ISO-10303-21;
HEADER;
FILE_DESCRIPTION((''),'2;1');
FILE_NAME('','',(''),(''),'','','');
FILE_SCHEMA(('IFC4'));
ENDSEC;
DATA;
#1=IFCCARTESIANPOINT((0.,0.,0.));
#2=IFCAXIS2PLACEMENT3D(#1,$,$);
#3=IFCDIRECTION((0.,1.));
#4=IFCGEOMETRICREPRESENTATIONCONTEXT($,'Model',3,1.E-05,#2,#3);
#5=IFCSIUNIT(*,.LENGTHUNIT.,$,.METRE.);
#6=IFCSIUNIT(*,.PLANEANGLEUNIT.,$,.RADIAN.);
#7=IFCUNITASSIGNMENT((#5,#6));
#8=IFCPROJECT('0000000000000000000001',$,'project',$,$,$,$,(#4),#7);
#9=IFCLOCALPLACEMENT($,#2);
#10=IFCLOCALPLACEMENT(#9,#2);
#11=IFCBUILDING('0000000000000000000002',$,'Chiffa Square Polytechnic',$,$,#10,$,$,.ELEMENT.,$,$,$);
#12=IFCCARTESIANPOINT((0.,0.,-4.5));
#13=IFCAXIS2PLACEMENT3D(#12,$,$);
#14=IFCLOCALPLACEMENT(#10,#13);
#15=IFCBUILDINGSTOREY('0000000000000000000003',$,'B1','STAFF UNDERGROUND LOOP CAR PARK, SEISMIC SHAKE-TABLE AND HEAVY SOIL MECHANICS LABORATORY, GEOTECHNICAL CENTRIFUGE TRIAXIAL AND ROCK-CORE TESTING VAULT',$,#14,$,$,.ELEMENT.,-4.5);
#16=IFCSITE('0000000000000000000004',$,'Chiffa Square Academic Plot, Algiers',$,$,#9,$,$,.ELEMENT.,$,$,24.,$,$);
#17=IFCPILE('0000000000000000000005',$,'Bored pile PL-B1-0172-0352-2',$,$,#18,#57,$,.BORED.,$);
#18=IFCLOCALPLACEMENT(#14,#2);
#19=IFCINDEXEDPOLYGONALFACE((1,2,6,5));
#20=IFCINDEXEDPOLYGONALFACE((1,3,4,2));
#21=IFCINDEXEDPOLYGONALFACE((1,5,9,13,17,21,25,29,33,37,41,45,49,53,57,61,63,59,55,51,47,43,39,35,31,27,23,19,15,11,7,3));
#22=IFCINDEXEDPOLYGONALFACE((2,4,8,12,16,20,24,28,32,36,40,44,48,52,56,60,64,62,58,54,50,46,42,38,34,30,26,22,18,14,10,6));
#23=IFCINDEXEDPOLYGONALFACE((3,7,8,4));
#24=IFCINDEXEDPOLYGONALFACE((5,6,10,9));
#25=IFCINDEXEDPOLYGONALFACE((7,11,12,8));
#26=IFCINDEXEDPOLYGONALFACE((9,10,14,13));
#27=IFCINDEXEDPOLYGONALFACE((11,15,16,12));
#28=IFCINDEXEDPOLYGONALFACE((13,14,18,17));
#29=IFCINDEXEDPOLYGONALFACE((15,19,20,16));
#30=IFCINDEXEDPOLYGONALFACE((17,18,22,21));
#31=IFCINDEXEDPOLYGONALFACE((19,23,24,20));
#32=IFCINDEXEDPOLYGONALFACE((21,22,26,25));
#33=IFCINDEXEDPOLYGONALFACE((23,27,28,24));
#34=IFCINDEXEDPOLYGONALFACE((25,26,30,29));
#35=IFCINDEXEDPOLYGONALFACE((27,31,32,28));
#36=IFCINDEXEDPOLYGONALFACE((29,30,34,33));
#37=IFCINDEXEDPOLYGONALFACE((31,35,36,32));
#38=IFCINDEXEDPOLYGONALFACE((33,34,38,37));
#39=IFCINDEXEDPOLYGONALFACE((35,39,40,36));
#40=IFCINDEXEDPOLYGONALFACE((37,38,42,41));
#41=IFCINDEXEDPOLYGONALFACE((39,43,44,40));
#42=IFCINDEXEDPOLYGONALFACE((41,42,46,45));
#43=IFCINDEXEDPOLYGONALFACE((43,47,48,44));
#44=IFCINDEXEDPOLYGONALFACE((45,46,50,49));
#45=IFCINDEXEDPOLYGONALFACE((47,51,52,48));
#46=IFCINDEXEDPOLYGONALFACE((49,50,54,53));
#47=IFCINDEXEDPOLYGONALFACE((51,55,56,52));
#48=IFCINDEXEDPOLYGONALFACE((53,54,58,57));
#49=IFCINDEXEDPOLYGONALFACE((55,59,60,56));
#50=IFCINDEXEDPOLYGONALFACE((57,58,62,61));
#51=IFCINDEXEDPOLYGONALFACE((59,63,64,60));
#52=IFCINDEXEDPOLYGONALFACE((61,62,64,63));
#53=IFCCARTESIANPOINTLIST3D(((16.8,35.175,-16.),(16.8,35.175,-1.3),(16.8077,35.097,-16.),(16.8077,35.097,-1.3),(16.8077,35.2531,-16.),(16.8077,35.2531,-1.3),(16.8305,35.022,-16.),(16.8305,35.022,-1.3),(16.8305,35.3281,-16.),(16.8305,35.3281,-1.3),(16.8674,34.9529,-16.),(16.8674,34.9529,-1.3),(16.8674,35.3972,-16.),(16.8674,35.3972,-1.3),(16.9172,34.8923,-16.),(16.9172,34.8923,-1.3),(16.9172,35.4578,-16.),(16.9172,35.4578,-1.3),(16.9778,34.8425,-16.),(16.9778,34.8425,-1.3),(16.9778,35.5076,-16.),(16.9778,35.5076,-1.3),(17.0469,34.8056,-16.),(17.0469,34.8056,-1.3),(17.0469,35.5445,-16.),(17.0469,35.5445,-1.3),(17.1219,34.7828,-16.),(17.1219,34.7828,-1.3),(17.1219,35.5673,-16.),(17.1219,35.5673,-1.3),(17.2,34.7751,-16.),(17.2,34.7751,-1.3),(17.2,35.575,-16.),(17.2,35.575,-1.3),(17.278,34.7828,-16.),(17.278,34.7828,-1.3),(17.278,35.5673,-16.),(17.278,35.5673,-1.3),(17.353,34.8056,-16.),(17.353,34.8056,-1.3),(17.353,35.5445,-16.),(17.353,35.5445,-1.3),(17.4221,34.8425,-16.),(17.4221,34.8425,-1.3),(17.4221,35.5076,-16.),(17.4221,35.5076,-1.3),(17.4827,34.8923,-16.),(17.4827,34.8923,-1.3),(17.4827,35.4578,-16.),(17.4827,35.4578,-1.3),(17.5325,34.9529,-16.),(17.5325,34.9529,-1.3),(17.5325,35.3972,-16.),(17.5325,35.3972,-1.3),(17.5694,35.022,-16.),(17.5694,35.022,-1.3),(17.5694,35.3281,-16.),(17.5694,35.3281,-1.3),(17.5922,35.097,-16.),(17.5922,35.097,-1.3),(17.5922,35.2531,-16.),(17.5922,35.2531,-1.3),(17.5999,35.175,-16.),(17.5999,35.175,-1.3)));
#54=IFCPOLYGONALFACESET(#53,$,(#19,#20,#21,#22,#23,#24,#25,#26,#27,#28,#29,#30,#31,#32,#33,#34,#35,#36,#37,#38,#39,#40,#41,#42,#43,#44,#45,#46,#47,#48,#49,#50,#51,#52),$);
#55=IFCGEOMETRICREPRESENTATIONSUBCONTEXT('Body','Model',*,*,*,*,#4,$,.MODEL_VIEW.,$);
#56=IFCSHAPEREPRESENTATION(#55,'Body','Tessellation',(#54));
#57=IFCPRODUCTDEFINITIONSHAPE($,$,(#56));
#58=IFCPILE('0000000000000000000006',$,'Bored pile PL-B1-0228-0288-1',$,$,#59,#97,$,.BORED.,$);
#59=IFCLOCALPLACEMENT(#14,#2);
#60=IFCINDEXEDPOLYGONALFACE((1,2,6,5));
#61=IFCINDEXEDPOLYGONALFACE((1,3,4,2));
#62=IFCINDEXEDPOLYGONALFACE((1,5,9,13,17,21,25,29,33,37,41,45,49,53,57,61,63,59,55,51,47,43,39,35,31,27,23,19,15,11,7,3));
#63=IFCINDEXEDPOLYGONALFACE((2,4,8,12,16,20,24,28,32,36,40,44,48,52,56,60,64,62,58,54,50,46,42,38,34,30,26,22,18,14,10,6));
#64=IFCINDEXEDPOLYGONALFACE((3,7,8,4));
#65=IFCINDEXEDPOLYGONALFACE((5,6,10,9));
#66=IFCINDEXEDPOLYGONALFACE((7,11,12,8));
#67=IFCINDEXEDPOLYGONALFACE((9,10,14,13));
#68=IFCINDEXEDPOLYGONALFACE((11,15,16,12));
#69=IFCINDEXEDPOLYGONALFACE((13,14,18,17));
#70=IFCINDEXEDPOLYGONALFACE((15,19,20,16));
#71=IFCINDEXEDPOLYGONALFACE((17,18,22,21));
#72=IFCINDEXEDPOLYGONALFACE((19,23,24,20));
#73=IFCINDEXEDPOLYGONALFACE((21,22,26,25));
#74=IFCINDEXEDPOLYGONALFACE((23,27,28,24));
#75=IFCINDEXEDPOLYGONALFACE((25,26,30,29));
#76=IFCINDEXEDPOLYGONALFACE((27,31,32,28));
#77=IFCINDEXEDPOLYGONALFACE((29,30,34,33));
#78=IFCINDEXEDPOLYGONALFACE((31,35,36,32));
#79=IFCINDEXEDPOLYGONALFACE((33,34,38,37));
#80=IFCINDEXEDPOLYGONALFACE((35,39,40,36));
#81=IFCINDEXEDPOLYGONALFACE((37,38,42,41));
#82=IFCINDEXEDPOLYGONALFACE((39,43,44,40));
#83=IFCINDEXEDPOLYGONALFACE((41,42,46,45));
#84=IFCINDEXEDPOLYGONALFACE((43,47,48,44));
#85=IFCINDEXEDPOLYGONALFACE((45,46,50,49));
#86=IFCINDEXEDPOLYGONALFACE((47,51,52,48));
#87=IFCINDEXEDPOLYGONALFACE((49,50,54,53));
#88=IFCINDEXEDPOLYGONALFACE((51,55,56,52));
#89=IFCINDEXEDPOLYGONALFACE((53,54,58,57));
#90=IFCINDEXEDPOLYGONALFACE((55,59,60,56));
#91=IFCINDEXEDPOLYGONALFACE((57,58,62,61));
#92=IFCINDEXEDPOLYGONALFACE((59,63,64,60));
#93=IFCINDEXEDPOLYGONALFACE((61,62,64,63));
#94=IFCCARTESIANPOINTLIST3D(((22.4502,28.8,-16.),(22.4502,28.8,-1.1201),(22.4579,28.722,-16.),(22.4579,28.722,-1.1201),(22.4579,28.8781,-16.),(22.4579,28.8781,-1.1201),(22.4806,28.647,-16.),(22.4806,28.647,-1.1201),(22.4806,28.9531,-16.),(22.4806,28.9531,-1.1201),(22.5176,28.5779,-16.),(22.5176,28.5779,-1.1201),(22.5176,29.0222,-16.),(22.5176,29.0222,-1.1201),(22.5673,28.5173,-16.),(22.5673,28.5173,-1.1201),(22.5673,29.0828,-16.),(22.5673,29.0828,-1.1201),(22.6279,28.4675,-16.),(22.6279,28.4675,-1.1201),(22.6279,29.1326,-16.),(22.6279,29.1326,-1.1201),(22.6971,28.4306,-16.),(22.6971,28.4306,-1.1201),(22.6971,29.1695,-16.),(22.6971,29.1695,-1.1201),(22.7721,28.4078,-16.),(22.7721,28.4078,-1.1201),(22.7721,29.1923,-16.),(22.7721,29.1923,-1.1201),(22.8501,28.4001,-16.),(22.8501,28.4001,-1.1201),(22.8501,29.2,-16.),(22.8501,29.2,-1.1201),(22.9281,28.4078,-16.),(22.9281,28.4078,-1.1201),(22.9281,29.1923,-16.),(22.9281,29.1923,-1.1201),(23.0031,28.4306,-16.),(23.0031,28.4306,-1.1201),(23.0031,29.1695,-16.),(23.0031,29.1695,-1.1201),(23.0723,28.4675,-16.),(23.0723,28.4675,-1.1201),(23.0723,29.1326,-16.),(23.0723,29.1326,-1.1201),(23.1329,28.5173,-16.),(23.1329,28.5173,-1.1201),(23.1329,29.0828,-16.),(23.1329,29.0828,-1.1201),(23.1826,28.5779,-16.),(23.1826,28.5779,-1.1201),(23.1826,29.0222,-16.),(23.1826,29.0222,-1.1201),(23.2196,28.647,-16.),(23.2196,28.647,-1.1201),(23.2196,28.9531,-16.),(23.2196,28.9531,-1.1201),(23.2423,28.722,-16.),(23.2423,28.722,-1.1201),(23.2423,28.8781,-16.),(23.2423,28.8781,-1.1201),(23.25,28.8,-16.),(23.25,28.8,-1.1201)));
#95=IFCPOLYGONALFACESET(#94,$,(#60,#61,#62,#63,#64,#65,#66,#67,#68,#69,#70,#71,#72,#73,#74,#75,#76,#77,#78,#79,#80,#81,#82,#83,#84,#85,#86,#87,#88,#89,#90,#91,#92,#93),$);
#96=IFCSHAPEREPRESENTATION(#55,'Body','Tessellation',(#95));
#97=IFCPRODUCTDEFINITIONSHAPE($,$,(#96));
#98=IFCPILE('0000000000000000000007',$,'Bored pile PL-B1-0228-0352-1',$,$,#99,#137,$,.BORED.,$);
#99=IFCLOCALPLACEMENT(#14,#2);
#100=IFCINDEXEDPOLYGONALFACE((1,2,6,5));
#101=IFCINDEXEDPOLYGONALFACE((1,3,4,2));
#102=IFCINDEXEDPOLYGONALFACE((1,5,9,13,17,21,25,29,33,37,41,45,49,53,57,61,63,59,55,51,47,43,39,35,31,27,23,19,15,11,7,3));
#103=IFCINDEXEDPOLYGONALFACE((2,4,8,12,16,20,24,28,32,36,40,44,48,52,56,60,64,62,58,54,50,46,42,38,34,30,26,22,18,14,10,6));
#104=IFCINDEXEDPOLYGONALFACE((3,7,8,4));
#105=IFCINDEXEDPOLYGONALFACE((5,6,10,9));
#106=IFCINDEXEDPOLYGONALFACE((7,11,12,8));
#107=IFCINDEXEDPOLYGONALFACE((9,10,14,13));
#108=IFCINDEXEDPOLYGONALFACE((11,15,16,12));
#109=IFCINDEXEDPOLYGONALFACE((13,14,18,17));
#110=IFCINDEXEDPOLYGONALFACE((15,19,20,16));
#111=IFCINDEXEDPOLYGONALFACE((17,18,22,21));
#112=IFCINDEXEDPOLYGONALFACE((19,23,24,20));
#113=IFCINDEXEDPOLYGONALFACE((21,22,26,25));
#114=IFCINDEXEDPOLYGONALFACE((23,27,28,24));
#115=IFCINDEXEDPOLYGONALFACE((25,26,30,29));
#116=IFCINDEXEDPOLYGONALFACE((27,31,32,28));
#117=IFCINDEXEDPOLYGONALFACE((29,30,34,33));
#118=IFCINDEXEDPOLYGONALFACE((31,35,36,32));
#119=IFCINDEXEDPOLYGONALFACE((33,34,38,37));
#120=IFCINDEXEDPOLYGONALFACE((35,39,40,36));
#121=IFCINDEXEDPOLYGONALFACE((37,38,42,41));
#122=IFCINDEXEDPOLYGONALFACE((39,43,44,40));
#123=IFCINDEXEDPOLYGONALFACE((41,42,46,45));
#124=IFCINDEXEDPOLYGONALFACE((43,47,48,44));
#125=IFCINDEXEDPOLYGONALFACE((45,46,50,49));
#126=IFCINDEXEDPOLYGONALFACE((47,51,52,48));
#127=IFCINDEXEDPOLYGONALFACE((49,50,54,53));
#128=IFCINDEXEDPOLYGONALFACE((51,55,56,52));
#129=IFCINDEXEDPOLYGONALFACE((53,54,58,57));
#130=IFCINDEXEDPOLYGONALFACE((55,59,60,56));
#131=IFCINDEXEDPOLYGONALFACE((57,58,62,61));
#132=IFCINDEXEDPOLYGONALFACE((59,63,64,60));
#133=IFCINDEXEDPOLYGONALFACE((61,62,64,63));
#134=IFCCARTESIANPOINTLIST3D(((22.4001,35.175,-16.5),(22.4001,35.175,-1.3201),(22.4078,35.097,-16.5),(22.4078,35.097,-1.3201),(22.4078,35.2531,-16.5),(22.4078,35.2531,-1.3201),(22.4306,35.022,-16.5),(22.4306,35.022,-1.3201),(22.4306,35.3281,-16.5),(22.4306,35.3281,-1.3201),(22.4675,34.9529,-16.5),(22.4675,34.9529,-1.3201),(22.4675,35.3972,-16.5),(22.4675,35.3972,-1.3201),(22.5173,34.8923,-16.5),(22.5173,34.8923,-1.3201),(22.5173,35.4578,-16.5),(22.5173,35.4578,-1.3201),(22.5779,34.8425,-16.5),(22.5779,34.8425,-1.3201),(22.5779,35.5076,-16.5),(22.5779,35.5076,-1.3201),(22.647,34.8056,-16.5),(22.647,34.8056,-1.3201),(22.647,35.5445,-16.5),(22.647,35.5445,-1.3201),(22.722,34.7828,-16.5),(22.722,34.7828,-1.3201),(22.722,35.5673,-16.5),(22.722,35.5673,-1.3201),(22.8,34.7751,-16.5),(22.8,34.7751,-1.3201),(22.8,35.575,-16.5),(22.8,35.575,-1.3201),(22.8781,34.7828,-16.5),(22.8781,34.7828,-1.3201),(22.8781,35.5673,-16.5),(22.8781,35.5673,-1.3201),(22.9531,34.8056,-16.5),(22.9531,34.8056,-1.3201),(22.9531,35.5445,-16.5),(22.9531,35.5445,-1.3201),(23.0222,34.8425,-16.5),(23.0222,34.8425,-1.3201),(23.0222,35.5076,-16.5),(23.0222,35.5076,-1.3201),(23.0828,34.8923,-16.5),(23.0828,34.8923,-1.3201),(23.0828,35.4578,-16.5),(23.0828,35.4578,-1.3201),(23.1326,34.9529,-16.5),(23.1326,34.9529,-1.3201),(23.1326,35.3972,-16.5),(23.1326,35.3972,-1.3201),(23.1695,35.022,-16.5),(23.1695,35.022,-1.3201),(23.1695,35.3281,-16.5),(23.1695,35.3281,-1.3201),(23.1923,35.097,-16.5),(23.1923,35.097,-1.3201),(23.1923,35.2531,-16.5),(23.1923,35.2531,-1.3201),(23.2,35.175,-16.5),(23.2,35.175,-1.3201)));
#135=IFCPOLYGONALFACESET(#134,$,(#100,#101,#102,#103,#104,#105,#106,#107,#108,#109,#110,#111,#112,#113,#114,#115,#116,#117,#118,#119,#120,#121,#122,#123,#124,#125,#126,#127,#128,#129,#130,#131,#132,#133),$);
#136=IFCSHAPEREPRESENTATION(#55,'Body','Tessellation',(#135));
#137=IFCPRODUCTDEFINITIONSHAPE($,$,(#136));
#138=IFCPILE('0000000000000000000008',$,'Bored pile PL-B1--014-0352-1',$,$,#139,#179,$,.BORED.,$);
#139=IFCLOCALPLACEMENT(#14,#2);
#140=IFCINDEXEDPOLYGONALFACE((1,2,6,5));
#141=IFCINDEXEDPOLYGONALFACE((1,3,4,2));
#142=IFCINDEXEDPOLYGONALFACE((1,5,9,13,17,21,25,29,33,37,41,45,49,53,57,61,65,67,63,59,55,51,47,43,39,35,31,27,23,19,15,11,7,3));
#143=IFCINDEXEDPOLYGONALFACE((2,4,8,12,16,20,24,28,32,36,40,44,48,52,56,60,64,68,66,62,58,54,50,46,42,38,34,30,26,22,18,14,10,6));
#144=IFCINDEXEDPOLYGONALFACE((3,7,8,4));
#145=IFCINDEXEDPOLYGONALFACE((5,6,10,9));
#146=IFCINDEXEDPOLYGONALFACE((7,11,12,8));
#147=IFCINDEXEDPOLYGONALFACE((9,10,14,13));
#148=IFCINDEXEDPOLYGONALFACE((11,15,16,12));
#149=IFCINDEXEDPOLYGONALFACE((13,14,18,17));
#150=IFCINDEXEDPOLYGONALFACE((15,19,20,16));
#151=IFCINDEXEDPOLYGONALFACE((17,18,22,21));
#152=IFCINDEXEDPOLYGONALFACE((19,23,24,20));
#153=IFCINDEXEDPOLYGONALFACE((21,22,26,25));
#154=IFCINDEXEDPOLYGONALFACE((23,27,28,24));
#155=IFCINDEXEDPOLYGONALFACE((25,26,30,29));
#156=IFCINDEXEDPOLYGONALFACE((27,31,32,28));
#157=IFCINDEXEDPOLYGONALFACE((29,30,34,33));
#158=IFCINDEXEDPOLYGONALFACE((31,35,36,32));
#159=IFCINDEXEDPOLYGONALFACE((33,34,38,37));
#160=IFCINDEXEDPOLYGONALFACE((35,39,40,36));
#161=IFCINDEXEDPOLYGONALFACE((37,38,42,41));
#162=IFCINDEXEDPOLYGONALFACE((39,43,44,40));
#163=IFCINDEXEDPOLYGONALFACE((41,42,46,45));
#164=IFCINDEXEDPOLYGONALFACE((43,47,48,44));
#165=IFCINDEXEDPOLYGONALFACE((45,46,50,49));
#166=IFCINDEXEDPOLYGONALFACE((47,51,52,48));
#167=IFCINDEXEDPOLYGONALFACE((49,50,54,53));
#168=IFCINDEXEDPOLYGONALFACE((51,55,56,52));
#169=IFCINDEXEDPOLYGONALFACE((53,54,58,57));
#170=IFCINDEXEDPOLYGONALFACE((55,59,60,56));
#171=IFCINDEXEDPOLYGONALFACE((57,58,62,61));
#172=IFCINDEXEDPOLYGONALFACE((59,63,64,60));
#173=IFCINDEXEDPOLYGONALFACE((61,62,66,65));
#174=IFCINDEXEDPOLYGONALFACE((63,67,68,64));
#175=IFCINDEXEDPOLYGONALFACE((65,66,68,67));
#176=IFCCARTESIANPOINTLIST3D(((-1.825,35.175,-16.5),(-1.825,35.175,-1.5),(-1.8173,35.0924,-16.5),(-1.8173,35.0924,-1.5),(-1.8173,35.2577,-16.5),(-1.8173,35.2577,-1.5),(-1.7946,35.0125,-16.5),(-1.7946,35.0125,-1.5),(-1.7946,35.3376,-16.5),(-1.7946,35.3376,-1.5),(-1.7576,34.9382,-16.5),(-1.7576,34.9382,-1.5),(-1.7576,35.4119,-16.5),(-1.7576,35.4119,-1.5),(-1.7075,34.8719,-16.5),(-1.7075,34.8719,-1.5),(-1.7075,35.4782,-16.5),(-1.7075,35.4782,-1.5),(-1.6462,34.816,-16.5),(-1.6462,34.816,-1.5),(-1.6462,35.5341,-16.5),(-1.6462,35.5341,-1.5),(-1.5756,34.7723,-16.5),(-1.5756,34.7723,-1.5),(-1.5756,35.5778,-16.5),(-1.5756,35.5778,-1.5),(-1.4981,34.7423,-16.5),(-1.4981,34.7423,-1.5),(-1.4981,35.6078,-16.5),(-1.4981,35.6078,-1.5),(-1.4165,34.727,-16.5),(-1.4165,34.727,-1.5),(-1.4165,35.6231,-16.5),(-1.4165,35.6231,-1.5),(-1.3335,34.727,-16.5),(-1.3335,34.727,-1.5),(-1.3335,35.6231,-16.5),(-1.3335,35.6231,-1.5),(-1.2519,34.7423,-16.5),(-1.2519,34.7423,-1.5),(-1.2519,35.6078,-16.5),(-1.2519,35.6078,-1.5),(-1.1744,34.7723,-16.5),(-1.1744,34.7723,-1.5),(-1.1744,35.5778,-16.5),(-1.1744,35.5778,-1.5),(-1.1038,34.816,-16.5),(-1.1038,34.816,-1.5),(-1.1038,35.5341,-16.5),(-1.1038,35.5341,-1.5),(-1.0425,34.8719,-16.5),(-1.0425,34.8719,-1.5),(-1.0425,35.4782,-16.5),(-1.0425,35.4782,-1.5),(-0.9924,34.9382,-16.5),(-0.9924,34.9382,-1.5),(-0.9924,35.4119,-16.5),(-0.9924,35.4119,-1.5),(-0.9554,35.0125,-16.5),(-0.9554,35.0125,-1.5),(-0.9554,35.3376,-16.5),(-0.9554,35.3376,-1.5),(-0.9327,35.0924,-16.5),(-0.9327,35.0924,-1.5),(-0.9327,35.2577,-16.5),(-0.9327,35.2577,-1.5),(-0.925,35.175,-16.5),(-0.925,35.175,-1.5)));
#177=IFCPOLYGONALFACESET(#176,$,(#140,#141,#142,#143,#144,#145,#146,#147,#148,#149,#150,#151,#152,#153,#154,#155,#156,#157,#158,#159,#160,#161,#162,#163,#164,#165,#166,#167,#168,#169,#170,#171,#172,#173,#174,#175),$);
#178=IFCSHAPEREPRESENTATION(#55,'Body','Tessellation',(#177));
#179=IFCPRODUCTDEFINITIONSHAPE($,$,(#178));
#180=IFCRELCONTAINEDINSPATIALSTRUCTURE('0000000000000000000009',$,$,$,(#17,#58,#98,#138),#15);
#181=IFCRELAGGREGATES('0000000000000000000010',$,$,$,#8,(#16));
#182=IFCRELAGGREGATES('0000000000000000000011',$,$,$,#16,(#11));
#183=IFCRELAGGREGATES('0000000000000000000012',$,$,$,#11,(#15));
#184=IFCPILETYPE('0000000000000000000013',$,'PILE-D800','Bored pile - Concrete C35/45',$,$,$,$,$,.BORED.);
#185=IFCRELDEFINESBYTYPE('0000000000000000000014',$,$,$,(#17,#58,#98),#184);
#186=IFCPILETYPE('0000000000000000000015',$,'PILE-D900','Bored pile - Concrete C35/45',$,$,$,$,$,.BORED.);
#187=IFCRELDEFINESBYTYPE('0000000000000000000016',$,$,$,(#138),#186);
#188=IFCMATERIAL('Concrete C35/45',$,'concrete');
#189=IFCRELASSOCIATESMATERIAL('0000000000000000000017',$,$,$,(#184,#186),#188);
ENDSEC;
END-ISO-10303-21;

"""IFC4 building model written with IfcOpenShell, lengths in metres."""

from ifc_helpers import new_model, si_unit, direction, frame, origin, origin_2d, place, context, subcontext, project, spatial, circle, extrude, material, material_profile, profile_set, type_object, element, save


model = new_model("IFC4")

# Units and contexts
model_context = context("Model", 3, precision=1e-05, world=origin(), true_north=direction((0.0, 1.0)))
body_context = subcontext(model_context, "Body", "Model", "MODEL_VIEW")
ifc_project = project(units=[si_unit("LENGTHUNIT", "METRE"), si_unit("PLANEANGLEUNIT", "RADIAN")], contexts=[model_context])

# Site, building, storey
site_placement = place(None, origin())
site = spatial("IfcSite", under=ifc_project, at=site_placement, Name="Chiffa Square Academic Plot, Algiers", CompositionType="ELEMENT", RefElevation=24.0)
building_placement = place(site_placement, origin())
building = spatial("IfcBuilding", under=site, at=building_placement, Name="Chiffa Square Polytechnic", CompositionType="ELEMENT")
storey_placement = place(building_placement, frame((0.0, 0.0, -4.5)))
storey = spatial("IfcBuildingStorey", under=building, at=storey_placement, Name="B1", Description="STAFF UNDERGROUND LOOP CAR PARK, SEISMIC SHAKE-TABLE AND HEAVY SOIL MECHANICS LABORATORY, GEOTECHNICAL CENTRIFUGE TRIAXIAL AND ROCK-CORE TESTING VAULT", CompositionType="ELEMENT", Elevation=-4.5)

# Shared definitions
ifc_material = material(Name="Concrete C35/45", Category="concrete")

# Piles
ifc_material_profile_1 = material_profile(ifc_material, circle(Radius=0.3999, at=origin_2d()), Name="PILE D800")
ifc_profile_set_1 = profile_set([ifc_material_profile_1], Name="Concrete C35/45")
pile_type_1 = type_object("IfcPileType", Name="PILE-D800", Description="Bored pile - Concrete C35/45", PredefinedType="BORED", material=ifc_profile_set_1)
for number, where, z_axis, x_axis, name in (
    (1, (17.2, 35.175, -1.3), (0.0, 0.0, -1.0), (1.0, 0.0, 0.0), "Bored pile PL-B1-0172-0352-2"),
):
    element("IfcPile", number, at=place(storey_placement, frame(where, z_axis=z_axis, x_axis=x_axis)), inside=storey, type_object=pile_type_1, Name=name, PredefinedType="BORED", context=body_context, shape_type="SweptSolid", body=[
        extrude(circle(Radius=0.3999, at=origin_2d()), origin(), (0.0, 0.0, 1.0), 14.7),
    ])
pile_1_placement = place(storey_placement, frame((22.8501, 28.8, -1.1201), z_axis=(0.0, 0.0, -1.0), x_axis=(1.0, 0.0, 0.0)))
element("IfcPile", 2, at=pile_1_placement, inside=storey, type_object=pile_type_1, Name="Bored pile PL-B1-0228-0288-1", PredefinedType="BORED", context=body_context, shape_type="SweptSolid", body=[
    extrude(circle(Radius=0.3999, at=origin_2d()), origin(), (0.0, 0.0, 1.0), 14.8799),
])
pile_2_placement = place(storey_placement, frame((22.8, 35.175, -1.3201), z_axis=(0.0, 0.0, -1.0), x_axis=(1.0, 0.0, 0.0)))
element("IfcPile", 3, at=pile_2_placement, inside=storey, type_object=pile_type_1, Name="Bored pile PL-B1-0228-0352-1", PredefinedType="BORED", context=body_context, shape_type="SweptSolid", body=[
    extrude(circle(Radius=0.3999, at=origin_2d()), origin(), (0.0, 0.0, 1.0), 15.1799),
])
ifc_material_profile_2 = material_profile(ifc_material, circle(Radius=0.45, at=origin_2d()), Name="PILE D900")
ifc_profile_set_2 = profile_set([ifc_material_profile_2], Name="Concrete C35/45")
pile_type_2 = type_object("IfcPileType", Name="PILE-D900", Description="Bored pile - Concrete C35/45", PredefinedType="BORED", material=ifc_profile_set_2)
for number, where, z_axis, x_axis, name in (
    (4, (-1.375, 35.175, -1.5), (0.0, 0.0, -1.0), (1.0, 0.0, 0.0), "Bored pile PL-B1--014-0352-1"),
):
    element("IfcPile", number, at=place(storey_placement, frame(where, z_axis=z_axis, x_axis=x_axis)), inside=storey, type_object=pile_type_2, Name=name, PredefinedType="BORED", context=body_context, shape_type="SweptSolid", body=[
        extrude(circle(Radius=0.45, at=origin_2d()), origin(), (0.0, 0.0, 1.0), 15.0),
    ])

save(model, "model.ifc")
